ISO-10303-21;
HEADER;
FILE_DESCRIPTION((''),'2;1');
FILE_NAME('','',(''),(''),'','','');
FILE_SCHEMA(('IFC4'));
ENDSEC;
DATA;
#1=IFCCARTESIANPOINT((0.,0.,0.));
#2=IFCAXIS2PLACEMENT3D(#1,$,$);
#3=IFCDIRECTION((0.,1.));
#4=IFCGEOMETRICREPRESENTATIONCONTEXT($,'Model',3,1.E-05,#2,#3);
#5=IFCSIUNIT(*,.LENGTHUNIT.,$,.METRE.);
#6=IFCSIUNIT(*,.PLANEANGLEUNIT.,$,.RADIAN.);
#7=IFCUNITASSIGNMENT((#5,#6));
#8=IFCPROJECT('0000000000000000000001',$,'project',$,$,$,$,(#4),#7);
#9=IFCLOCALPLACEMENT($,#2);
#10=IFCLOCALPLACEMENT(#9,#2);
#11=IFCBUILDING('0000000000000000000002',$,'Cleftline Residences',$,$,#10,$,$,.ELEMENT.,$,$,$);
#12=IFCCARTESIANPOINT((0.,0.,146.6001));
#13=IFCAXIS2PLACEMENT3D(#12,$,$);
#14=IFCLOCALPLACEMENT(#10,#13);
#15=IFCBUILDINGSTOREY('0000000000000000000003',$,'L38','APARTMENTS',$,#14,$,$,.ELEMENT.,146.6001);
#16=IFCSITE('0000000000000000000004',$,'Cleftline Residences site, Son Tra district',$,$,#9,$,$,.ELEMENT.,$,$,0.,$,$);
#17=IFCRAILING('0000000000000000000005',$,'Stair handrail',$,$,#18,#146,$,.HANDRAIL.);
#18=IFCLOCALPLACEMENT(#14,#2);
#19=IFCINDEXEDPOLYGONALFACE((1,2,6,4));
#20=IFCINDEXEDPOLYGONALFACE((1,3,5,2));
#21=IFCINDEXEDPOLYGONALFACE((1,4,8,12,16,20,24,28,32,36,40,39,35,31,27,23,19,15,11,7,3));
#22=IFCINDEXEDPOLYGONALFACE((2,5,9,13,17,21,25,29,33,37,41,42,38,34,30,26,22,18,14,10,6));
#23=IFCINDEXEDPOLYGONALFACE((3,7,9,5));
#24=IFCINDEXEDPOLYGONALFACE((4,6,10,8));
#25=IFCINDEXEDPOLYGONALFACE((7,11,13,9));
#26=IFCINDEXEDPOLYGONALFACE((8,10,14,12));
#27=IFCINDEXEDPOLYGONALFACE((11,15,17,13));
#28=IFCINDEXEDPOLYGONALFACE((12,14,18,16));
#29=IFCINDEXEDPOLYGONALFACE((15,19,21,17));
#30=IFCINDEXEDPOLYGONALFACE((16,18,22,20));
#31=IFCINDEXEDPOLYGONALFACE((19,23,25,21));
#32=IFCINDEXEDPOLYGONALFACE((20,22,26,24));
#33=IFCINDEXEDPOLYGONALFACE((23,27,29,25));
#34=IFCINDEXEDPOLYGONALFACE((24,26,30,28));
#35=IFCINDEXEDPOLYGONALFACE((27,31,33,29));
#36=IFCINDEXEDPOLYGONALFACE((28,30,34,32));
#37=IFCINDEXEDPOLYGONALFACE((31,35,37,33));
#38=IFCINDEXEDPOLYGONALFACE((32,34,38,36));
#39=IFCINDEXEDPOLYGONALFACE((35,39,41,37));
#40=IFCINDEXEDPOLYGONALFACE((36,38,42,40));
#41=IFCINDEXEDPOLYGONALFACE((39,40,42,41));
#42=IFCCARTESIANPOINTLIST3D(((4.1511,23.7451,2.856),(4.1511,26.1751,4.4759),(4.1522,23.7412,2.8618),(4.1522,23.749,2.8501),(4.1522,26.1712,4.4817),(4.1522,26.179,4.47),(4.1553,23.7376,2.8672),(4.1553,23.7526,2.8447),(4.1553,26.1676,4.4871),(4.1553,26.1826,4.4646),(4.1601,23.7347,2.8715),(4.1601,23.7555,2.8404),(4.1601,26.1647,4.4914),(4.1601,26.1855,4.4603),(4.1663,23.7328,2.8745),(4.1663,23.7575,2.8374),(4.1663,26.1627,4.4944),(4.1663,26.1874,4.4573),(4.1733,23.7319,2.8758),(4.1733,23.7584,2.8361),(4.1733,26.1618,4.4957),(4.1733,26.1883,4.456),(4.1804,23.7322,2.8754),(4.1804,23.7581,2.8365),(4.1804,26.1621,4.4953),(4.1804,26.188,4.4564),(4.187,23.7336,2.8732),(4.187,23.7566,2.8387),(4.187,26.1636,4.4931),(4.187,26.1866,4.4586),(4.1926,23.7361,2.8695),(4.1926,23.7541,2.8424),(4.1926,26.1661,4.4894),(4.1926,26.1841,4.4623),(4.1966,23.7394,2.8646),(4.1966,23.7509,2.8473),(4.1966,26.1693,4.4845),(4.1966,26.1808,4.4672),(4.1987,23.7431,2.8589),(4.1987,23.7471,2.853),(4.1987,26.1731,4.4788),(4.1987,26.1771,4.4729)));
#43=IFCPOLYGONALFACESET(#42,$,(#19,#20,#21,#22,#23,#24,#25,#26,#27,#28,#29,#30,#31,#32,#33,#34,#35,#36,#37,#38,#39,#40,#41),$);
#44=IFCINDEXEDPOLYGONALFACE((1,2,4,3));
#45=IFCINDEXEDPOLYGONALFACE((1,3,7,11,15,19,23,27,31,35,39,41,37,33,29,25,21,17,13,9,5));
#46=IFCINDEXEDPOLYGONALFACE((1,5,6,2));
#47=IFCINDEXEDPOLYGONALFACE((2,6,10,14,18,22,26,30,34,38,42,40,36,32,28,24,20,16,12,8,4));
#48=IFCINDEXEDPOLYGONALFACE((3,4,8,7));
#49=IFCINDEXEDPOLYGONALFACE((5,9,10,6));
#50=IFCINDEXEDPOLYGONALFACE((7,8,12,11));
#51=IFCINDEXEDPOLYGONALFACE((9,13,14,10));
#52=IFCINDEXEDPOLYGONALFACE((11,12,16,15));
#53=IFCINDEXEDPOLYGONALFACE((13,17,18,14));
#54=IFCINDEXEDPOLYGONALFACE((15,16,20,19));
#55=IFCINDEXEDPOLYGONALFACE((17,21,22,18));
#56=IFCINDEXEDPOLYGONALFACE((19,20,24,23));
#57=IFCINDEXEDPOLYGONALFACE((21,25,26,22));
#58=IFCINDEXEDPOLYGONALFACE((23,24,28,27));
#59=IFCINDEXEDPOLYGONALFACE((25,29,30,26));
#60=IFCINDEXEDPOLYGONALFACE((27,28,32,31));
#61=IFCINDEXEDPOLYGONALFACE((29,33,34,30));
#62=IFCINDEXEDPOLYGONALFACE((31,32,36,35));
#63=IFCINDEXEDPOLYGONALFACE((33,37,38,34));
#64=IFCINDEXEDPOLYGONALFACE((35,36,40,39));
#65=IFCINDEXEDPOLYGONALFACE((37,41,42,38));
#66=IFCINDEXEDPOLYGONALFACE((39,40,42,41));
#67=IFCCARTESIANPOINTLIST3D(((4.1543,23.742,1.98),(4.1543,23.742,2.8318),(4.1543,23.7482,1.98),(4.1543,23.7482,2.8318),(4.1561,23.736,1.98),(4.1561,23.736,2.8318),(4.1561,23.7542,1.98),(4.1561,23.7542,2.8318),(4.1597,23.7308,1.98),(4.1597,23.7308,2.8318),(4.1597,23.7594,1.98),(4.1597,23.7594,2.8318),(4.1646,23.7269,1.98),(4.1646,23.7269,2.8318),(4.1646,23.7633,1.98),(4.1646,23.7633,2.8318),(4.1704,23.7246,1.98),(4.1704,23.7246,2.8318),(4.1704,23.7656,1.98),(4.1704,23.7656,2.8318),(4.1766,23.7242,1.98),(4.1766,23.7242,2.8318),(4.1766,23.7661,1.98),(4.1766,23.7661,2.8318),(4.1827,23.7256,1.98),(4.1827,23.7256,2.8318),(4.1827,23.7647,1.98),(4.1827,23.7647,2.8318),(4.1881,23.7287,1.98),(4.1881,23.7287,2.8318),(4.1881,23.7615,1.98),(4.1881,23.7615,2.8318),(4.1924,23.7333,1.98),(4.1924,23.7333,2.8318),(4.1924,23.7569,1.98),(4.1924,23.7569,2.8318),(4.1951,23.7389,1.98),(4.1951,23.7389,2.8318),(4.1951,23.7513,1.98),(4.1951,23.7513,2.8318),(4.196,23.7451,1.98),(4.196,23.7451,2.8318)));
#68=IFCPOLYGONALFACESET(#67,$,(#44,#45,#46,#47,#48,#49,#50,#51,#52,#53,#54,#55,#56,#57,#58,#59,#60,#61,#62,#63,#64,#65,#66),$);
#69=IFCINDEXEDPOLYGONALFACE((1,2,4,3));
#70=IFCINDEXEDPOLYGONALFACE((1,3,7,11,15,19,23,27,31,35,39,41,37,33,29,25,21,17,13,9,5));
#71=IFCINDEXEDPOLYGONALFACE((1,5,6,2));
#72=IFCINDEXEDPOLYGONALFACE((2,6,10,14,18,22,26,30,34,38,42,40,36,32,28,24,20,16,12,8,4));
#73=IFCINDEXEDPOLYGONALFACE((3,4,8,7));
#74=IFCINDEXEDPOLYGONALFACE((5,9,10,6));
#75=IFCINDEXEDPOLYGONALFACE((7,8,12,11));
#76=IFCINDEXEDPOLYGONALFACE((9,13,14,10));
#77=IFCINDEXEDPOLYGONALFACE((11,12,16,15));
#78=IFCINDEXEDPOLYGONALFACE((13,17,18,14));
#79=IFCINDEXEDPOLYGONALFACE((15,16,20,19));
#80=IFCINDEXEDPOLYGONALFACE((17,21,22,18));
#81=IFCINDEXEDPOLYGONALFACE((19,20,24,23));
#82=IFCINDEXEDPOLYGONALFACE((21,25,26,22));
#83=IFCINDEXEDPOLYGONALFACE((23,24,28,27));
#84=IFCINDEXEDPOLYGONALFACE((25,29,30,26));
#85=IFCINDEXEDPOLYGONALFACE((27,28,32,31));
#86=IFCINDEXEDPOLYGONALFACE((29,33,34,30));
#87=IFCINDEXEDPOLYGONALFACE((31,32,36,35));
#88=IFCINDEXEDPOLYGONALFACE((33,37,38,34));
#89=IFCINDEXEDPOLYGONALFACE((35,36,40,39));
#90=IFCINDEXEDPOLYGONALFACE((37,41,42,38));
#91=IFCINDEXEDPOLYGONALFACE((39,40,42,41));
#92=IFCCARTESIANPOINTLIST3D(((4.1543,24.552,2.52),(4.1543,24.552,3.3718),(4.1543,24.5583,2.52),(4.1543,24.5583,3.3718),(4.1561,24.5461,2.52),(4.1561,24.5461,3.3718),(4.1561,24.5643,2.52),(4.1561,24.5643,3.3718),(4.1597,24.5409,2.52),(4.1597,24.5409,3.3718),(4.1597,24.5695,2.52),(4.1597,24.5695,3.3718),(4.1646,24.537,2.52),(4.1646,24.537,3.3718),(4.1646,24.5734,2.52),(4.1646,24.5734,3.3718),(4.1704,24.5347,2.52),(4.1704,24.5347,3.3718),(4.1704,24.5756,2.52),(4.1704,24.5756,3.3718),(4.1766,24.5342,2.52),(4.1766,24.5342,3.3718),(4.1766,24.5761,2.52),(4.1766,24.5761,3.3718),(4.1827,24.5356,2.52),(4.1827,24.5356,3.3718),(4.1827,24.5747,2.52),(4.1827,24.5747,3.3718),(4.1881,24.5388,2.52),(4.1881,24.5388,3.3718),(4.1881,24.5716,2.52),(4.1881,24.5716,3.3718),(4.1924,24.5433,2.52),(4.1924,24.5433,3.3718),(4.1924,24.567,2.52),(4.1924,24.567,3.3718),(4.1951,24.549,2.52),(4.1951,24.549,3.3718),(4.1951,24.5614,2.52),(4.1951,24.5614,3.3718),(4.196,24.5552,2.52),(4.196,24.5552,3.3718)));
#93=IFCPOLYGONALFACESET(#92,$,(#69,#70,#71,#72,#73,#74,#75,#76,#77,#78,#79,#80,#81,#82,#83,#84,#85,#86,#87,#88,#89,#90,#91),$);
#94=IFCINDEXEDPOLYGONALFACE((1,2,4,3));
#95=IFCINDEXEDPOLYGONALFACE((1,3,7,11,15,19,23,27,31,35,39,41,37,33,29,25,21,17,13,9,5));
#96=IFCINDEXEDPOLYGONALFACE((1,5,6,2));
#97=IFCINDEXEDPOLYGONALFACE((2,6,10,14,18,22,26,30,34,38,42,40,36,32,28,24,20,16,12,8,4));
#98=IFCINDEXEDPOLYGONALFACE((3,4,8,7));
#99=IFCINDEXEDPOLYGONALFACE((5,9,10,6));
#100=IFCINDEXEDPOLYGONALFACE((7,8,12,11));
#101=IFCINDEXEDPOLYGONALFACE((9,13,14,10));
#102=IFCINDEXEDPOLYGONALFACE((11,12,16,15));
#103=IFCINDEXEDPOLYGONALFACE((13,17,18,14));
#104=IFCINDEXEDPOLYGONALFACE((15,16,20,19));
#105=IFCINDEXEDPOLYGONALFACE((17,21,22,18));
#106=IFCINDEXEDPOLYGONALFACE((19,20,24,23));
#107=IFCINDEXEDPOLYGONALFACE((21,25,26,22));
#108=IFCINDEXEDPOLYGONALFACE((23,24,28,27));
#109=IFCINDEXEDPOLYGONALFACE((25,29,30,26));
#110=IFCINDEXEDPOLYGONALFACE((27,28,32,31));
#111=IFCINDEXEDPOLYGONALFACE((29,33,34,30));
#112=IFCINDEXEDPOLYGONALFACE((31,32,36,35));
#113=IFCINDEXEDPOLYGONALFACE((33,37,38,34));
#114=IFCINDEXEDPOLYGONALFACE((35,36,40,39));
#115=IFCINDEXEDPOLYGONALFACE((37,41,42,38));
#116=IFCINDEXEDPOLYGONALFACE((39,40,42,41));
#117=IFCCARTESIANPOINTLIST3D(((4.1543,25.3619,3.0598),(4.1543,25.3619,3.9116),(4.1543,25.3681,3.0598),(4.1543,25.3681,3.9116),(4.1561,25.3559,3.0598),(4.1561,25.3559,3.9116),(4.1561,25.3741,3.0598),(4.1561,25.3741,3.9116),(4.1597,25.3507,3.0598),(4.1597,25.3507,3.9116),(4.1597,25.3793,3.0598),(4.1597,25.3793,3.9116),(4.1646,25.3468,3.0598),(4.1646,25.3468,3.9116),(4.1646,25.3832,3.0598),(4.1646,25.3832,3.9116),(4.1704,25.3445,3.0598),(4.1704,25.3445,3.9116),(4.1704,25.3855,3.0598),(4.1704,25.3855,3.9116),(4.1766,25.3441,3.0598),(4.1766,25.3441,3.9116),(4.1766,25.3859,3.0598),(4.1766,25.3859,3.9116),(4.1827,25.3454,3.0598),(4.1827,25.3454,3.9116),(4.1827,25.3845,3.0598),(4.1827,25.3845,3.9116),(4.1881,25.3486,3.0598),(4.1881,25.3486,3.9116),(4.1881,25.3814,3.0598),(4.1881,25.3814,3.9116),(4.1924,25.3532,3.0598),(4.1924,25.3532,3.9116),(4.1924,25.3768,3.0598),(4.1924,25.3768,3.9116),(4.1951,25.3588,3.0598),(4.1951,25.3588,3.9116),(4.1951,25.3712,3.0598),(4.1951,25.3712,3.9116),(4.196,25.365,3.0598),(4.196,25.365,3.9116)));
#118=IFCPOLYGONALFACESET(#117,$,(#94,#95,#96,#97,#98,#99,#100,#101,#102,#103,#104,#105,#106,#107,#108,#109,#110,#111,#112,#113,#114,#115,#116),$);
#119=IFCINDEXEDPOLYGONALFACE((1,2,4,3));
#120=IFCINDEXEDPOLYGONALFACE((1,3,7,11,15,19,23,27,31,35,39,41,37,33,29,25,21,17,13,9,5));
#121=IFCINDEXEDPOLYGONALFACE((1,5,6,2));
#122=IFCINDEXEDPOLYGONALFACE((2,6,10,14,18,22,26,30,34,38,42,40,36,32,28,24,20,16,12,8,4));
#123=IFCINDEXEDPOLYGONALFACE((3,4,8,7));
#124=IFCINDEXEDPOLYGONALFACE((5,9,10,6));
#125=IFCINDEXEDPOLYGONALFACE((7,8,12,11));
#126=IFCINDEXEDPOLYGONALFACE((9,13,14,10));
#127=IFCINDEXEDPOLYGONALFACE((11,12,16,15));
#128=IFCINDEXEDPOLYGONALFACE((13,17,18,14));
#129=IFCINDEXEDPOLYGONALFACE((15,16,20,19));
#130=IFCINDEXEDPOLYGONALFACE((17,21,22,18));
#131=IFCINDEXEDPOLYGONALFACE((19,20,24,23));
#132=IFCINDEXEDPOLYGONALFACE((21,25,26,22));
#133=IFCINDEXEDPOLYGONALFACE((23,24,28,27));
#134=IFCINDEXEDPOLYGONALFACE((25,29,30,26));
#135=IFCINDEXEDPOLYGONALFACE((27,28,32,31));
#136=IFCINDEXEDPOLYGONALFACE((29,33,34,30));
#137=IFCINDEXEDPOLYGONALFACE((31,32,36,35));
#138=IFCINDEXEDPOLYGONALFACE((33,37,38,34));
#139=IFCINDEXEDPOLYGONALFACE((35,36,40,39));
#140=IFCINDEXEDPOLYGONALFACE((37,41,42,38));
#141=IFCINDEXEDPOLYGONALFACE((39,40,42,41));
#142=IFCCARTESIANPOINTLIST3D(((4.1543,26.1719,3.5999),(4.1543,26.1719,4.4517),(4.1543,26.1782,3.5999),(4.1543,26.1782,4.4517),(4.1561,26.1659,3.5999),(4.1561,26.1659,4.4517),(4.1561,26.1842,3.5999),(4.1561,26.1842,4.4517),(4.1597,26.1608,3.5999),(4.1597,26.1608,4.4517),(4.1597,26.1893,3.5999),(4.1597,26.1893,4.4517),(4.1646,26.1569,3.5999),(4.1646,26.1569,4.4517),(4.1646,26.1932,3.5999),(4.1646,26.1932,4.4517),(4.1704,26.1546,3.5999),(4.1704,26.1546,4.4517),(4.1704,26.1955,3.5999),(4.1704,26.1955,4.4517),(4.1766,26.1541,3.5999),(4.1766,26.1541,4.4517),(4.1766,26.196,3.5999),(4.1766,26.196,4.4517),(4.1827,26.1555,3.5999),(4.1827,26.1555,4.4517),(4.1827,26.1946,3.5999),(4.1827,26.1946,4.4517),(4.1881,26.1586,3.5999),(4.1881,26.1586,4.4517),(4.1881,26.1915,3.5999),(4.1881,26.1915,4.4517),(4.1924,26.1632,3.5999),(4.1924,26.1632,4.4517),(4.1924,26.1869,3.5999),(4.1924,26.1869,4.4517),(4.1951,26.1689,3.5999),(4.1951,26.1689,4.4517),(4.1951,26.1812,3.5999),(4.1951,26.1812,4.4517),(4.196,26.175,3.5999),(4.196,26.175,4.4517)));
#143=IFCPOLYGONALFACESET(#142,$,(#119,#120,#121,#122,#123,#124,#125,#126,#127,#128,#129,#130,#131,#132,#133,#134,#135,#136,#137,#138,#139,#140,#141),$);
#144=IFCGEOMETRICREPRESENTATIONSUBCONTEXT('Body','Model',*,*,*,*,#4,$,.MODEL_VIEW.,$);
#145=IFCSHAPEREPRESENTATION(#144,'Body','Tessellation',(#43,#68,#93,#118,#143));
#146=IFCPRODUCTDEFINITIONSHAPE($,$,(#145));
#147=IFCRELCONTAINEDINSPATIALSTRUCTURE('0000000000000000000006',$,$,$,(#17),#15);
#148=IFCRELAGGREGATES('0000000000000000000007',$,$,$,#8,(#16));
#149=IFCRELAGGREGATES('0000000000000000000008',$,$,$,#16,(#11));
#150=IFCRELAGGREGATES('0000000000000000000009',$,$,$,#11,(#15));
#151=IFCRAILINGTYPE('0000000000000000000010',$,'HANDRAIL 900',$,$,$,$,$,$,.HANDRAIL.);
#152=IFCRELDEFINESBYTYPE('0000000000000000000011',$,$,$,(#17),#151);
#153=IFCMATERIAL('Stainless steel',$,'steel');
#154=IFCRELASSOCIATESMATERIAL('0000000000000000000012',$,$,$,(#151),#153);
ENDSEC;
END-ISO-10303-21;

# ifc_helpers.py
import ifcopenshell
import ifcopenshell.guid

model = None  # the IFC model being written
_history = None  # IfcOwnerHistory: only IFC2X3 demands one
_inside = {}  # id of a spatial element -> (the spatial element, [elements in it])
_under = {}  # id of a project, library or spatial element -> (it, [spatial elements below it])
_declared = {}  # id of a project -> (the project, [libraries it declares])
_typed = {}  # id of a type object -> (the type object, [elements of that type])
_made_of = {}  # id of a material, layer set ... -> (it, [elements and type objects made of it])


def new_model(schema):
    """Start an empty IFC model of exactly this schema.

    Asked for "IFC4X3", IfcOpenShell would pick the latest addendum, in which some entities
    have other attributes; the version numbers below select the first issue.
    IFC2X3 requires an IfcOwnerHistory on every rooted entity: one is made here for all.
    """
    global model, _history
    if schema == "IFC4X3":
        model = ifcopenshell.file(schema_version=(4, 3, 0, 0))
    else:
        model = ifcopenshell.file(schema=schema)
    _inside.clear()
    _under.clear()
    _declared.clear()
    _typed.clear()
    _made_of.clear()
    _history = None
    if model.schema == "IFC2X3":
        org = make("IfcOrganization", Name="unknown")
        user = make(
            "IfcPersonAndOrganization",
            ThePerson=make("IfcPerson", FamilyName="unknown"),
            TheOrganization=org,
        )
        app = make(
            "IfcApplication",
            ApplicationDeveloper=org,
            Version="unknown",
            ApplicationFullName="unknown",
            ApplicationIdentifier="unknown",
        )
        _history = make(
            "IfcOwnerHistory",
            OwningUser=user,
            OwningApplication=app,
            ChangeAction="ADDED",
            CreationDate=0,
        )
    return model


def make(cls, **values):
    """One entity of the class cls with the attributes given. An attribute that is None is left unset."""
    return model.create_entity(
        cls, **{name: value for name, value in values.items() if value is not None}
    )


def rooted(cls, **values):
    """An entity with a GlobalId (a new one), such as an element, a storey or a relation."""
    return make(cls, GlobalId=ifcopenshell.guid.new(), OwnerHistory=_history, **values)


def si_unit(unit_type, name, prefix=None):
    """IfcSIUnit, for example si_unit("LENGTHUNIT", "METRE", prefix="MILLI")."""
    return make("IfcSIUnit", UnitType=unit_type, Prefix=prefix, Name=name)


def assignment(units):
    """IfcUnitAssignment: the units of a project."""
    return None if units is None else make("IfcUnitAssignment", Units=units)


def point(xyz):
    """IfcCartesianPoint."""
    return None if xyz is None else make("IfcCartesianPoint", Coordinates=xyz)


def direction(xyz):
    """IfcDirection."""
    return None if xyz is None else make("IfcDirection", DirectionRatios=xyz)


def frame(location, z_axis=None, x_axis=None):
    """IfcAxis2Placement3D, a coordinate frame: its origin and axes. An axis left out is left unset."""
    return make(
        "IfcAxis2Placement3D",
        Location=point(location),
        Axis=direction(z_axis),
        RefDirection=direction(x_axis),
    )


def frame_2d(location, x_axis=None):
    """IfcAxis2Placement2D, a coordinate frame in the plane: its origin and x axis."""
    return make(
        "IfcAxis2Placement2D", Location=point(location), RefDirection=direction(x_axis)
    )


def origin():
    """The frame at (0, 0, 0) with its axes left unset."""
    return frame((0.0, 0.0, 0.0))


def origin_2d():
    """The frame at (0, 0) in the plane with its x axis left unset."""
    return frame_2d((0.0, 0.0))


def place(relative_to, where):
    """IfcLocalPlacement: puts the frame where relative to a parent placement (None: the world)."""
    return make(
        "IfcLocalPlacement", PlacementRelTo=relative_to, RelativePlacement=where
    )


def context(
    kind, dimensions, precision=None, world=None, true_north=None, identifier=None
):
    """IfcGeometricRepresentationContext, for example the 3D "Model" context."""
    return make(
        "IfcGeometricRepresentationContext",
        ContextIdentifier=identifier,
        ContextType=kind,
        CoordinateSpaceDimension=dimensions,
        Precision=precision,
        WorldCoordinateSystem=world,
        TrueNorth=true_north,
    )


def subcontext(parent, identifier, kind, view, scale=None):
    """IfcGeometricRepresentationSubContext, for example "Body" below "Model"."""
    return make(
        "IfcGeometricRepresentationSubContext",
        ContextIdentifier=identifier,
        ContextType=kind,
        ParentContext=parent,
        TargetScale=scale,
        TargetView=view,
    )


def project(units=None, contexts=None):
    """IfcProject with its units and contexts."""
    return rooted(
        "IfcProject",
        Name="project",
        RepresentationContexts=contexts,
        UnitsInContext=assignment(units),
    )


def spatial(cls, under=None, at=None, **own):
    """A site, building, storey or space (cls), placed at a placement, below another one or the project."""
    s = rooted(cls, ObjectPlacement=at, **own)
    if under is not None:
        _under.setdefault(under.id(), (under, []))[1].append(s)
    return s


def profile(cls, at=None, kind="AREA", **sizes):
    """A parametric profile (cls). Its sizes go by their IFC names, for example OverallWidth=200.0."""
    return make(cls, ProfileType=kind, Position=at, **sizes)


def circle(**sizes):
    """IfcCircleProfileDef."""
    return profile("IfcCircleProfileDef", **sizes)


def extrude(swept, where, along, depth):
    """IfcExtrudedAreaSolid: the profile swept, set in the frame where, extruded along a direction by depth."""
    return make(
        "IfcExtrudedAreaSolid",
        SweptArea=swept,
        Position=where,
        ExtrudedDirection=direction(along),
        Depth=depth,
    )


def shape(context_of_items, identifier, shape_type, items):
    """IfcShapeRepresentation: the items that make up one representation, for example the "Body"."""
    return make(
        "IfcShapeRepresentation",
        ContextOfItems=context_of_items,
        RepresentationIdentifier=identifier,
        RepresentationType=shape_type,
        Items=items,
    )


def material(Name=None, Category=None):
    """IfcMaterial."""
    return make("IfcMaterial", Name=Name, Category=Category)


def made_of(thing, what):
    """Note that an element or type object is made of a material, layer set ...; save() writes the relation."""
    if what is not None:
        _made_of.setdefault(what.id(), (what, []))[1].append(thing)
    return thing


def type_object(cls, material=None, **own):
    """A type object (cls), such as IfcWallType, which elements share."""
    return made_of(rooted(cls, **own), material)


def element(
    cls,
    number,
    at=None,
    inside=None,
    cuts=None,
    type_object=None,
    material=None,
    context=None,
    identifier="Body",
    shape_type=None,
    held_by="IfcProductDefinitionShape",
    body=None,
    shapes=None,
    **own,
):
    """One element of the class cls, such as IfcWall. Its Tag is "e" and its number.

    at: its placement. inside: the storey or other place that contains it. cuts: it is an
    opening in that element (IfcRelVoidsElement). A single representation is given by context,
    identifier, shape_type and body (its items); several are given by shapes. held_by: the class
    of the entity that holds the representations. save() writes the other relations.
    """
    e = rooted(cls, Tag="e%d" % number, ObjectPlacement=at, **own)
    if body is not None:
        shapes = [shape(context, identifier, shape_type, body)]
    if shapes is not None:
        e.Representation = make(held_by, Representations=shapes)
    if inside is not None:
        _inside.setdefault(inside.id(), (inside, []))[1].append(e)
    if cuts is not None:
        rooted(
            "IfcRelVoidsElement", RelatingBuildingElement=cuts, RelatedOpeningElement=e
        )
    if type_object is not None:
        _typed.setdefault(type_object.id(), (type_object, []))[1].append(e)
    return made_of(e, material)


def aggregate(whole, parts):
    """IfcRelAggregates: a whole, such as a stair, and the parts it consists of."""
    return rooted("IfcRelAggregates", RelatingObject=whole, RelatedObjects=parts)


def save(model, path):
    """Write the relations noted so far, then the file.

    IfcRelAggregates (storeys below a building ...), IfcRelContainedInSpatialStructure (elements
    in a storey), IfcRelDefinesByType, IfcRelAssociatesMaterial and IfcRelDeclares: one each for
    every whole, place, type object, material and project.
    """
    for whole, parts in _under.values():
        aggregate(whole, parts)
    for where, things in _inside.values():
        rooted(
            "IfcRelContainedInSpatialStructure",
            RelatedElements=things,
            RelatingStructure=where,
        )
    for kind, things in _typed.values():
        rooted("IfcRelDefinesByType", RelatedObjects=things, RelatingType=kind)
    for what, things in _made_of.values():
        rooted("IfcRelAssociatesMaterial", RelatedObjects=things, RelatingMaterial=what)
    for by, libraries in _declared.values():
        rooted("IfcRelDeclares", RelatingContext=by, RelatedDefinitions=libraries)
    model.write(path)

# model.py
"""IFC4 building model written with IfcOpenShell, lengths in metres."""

from ifc_helpers import new_model, si_unit, direction, frame, origin, origin_2d, place, context, subcontext, project, spatial, circle, extrude, material, type_object, element, save


model = new_model("IFC4")

# Units and contexts
model_context = context("Model", 3, precision=1e-05, world=origin(), true_north=direction((0.0, 1.0)))
body_context = subcontext(model_context, "Body", "Model", "MODEL_VIEW")
ifc_project = project(units=[si_unit("LENGTHUNIT", "METRE"), si_unit("PLANEANGLEUNIT", "RADIAN")], contexts=[model_context])

# Site, building, storey
site_placement = place(None, origin())
site = spatial("IfcSite", under=ifc_project, at=site_placement, Name="Cleftline Residences site, Son Tra district", CompositionType="ELEMENT", RefElevation=0.0)
building_placement = place(site_placement, origin())
building = spatial("IfcBuilding", under=site, at=building_placement, Name="Cleftline Residences", CompositionType="ELEMENT")
storey_placement = place(building_placement, frame((0.0, 0.0, 146.6001)))
storey = spatial("IfcBuildingStorey", under=building, at=storey_placement, Name="L38", Description="APARTMENTS", CompositionType="ELEMENT", Elevation=146.6001)

# Railing
ifc_material_1 = material(Name="Stainless steel", Category="steel")
railing_type = type_object("IfcRailingType", Name="HANDRAIL 900", PredefinedType="HANDRAIL", material=ifc_material_1)
railing_1_placement = place(storey_placement, frame((4.175, 23.7451, 1.98)))
element("IfcRailing", 1, at=railing_1_placement, inside=storey, type_object=railing_type, Name="Stair handrail", PredefinedType="HANDRAIL", context=body_context, shape_type="SweptSolid", body=[
    extrude(circle(Radius=0.0239, at=origin_2d()), frame((0.0, 0.0, 0.876), z_axis=(0.0, 0.832063, 0.554681), x_axis=(-1.0, 0.0, 0.0)), (0.0, 0.0, 1.0), 2.9204),
    extrude(circle(Radius=0.021, at=origin_2d()), origin(), (0.0, 0.0, 1.0), 0.8518),
    extrude(circle(Radius=0.021, at=origin_2d()), frame((0.0, 0.8101, 0.54)), (0.0, 0.0, 1.0), 0.8518),
    extrude(circle(Radius=0.021, at=origin_2d()), frame((0.0, 1.6199, 1.0798)), (0.0, 0.0, 1.0), 0.8518),
    extrude(circle(Radius=0.021, at=origin_2d()), frame((0.0, 2.4299, 1.6199)), (0.0, 0.0, 1.0), 0.8518),
])

save(model, "model.ifc")
